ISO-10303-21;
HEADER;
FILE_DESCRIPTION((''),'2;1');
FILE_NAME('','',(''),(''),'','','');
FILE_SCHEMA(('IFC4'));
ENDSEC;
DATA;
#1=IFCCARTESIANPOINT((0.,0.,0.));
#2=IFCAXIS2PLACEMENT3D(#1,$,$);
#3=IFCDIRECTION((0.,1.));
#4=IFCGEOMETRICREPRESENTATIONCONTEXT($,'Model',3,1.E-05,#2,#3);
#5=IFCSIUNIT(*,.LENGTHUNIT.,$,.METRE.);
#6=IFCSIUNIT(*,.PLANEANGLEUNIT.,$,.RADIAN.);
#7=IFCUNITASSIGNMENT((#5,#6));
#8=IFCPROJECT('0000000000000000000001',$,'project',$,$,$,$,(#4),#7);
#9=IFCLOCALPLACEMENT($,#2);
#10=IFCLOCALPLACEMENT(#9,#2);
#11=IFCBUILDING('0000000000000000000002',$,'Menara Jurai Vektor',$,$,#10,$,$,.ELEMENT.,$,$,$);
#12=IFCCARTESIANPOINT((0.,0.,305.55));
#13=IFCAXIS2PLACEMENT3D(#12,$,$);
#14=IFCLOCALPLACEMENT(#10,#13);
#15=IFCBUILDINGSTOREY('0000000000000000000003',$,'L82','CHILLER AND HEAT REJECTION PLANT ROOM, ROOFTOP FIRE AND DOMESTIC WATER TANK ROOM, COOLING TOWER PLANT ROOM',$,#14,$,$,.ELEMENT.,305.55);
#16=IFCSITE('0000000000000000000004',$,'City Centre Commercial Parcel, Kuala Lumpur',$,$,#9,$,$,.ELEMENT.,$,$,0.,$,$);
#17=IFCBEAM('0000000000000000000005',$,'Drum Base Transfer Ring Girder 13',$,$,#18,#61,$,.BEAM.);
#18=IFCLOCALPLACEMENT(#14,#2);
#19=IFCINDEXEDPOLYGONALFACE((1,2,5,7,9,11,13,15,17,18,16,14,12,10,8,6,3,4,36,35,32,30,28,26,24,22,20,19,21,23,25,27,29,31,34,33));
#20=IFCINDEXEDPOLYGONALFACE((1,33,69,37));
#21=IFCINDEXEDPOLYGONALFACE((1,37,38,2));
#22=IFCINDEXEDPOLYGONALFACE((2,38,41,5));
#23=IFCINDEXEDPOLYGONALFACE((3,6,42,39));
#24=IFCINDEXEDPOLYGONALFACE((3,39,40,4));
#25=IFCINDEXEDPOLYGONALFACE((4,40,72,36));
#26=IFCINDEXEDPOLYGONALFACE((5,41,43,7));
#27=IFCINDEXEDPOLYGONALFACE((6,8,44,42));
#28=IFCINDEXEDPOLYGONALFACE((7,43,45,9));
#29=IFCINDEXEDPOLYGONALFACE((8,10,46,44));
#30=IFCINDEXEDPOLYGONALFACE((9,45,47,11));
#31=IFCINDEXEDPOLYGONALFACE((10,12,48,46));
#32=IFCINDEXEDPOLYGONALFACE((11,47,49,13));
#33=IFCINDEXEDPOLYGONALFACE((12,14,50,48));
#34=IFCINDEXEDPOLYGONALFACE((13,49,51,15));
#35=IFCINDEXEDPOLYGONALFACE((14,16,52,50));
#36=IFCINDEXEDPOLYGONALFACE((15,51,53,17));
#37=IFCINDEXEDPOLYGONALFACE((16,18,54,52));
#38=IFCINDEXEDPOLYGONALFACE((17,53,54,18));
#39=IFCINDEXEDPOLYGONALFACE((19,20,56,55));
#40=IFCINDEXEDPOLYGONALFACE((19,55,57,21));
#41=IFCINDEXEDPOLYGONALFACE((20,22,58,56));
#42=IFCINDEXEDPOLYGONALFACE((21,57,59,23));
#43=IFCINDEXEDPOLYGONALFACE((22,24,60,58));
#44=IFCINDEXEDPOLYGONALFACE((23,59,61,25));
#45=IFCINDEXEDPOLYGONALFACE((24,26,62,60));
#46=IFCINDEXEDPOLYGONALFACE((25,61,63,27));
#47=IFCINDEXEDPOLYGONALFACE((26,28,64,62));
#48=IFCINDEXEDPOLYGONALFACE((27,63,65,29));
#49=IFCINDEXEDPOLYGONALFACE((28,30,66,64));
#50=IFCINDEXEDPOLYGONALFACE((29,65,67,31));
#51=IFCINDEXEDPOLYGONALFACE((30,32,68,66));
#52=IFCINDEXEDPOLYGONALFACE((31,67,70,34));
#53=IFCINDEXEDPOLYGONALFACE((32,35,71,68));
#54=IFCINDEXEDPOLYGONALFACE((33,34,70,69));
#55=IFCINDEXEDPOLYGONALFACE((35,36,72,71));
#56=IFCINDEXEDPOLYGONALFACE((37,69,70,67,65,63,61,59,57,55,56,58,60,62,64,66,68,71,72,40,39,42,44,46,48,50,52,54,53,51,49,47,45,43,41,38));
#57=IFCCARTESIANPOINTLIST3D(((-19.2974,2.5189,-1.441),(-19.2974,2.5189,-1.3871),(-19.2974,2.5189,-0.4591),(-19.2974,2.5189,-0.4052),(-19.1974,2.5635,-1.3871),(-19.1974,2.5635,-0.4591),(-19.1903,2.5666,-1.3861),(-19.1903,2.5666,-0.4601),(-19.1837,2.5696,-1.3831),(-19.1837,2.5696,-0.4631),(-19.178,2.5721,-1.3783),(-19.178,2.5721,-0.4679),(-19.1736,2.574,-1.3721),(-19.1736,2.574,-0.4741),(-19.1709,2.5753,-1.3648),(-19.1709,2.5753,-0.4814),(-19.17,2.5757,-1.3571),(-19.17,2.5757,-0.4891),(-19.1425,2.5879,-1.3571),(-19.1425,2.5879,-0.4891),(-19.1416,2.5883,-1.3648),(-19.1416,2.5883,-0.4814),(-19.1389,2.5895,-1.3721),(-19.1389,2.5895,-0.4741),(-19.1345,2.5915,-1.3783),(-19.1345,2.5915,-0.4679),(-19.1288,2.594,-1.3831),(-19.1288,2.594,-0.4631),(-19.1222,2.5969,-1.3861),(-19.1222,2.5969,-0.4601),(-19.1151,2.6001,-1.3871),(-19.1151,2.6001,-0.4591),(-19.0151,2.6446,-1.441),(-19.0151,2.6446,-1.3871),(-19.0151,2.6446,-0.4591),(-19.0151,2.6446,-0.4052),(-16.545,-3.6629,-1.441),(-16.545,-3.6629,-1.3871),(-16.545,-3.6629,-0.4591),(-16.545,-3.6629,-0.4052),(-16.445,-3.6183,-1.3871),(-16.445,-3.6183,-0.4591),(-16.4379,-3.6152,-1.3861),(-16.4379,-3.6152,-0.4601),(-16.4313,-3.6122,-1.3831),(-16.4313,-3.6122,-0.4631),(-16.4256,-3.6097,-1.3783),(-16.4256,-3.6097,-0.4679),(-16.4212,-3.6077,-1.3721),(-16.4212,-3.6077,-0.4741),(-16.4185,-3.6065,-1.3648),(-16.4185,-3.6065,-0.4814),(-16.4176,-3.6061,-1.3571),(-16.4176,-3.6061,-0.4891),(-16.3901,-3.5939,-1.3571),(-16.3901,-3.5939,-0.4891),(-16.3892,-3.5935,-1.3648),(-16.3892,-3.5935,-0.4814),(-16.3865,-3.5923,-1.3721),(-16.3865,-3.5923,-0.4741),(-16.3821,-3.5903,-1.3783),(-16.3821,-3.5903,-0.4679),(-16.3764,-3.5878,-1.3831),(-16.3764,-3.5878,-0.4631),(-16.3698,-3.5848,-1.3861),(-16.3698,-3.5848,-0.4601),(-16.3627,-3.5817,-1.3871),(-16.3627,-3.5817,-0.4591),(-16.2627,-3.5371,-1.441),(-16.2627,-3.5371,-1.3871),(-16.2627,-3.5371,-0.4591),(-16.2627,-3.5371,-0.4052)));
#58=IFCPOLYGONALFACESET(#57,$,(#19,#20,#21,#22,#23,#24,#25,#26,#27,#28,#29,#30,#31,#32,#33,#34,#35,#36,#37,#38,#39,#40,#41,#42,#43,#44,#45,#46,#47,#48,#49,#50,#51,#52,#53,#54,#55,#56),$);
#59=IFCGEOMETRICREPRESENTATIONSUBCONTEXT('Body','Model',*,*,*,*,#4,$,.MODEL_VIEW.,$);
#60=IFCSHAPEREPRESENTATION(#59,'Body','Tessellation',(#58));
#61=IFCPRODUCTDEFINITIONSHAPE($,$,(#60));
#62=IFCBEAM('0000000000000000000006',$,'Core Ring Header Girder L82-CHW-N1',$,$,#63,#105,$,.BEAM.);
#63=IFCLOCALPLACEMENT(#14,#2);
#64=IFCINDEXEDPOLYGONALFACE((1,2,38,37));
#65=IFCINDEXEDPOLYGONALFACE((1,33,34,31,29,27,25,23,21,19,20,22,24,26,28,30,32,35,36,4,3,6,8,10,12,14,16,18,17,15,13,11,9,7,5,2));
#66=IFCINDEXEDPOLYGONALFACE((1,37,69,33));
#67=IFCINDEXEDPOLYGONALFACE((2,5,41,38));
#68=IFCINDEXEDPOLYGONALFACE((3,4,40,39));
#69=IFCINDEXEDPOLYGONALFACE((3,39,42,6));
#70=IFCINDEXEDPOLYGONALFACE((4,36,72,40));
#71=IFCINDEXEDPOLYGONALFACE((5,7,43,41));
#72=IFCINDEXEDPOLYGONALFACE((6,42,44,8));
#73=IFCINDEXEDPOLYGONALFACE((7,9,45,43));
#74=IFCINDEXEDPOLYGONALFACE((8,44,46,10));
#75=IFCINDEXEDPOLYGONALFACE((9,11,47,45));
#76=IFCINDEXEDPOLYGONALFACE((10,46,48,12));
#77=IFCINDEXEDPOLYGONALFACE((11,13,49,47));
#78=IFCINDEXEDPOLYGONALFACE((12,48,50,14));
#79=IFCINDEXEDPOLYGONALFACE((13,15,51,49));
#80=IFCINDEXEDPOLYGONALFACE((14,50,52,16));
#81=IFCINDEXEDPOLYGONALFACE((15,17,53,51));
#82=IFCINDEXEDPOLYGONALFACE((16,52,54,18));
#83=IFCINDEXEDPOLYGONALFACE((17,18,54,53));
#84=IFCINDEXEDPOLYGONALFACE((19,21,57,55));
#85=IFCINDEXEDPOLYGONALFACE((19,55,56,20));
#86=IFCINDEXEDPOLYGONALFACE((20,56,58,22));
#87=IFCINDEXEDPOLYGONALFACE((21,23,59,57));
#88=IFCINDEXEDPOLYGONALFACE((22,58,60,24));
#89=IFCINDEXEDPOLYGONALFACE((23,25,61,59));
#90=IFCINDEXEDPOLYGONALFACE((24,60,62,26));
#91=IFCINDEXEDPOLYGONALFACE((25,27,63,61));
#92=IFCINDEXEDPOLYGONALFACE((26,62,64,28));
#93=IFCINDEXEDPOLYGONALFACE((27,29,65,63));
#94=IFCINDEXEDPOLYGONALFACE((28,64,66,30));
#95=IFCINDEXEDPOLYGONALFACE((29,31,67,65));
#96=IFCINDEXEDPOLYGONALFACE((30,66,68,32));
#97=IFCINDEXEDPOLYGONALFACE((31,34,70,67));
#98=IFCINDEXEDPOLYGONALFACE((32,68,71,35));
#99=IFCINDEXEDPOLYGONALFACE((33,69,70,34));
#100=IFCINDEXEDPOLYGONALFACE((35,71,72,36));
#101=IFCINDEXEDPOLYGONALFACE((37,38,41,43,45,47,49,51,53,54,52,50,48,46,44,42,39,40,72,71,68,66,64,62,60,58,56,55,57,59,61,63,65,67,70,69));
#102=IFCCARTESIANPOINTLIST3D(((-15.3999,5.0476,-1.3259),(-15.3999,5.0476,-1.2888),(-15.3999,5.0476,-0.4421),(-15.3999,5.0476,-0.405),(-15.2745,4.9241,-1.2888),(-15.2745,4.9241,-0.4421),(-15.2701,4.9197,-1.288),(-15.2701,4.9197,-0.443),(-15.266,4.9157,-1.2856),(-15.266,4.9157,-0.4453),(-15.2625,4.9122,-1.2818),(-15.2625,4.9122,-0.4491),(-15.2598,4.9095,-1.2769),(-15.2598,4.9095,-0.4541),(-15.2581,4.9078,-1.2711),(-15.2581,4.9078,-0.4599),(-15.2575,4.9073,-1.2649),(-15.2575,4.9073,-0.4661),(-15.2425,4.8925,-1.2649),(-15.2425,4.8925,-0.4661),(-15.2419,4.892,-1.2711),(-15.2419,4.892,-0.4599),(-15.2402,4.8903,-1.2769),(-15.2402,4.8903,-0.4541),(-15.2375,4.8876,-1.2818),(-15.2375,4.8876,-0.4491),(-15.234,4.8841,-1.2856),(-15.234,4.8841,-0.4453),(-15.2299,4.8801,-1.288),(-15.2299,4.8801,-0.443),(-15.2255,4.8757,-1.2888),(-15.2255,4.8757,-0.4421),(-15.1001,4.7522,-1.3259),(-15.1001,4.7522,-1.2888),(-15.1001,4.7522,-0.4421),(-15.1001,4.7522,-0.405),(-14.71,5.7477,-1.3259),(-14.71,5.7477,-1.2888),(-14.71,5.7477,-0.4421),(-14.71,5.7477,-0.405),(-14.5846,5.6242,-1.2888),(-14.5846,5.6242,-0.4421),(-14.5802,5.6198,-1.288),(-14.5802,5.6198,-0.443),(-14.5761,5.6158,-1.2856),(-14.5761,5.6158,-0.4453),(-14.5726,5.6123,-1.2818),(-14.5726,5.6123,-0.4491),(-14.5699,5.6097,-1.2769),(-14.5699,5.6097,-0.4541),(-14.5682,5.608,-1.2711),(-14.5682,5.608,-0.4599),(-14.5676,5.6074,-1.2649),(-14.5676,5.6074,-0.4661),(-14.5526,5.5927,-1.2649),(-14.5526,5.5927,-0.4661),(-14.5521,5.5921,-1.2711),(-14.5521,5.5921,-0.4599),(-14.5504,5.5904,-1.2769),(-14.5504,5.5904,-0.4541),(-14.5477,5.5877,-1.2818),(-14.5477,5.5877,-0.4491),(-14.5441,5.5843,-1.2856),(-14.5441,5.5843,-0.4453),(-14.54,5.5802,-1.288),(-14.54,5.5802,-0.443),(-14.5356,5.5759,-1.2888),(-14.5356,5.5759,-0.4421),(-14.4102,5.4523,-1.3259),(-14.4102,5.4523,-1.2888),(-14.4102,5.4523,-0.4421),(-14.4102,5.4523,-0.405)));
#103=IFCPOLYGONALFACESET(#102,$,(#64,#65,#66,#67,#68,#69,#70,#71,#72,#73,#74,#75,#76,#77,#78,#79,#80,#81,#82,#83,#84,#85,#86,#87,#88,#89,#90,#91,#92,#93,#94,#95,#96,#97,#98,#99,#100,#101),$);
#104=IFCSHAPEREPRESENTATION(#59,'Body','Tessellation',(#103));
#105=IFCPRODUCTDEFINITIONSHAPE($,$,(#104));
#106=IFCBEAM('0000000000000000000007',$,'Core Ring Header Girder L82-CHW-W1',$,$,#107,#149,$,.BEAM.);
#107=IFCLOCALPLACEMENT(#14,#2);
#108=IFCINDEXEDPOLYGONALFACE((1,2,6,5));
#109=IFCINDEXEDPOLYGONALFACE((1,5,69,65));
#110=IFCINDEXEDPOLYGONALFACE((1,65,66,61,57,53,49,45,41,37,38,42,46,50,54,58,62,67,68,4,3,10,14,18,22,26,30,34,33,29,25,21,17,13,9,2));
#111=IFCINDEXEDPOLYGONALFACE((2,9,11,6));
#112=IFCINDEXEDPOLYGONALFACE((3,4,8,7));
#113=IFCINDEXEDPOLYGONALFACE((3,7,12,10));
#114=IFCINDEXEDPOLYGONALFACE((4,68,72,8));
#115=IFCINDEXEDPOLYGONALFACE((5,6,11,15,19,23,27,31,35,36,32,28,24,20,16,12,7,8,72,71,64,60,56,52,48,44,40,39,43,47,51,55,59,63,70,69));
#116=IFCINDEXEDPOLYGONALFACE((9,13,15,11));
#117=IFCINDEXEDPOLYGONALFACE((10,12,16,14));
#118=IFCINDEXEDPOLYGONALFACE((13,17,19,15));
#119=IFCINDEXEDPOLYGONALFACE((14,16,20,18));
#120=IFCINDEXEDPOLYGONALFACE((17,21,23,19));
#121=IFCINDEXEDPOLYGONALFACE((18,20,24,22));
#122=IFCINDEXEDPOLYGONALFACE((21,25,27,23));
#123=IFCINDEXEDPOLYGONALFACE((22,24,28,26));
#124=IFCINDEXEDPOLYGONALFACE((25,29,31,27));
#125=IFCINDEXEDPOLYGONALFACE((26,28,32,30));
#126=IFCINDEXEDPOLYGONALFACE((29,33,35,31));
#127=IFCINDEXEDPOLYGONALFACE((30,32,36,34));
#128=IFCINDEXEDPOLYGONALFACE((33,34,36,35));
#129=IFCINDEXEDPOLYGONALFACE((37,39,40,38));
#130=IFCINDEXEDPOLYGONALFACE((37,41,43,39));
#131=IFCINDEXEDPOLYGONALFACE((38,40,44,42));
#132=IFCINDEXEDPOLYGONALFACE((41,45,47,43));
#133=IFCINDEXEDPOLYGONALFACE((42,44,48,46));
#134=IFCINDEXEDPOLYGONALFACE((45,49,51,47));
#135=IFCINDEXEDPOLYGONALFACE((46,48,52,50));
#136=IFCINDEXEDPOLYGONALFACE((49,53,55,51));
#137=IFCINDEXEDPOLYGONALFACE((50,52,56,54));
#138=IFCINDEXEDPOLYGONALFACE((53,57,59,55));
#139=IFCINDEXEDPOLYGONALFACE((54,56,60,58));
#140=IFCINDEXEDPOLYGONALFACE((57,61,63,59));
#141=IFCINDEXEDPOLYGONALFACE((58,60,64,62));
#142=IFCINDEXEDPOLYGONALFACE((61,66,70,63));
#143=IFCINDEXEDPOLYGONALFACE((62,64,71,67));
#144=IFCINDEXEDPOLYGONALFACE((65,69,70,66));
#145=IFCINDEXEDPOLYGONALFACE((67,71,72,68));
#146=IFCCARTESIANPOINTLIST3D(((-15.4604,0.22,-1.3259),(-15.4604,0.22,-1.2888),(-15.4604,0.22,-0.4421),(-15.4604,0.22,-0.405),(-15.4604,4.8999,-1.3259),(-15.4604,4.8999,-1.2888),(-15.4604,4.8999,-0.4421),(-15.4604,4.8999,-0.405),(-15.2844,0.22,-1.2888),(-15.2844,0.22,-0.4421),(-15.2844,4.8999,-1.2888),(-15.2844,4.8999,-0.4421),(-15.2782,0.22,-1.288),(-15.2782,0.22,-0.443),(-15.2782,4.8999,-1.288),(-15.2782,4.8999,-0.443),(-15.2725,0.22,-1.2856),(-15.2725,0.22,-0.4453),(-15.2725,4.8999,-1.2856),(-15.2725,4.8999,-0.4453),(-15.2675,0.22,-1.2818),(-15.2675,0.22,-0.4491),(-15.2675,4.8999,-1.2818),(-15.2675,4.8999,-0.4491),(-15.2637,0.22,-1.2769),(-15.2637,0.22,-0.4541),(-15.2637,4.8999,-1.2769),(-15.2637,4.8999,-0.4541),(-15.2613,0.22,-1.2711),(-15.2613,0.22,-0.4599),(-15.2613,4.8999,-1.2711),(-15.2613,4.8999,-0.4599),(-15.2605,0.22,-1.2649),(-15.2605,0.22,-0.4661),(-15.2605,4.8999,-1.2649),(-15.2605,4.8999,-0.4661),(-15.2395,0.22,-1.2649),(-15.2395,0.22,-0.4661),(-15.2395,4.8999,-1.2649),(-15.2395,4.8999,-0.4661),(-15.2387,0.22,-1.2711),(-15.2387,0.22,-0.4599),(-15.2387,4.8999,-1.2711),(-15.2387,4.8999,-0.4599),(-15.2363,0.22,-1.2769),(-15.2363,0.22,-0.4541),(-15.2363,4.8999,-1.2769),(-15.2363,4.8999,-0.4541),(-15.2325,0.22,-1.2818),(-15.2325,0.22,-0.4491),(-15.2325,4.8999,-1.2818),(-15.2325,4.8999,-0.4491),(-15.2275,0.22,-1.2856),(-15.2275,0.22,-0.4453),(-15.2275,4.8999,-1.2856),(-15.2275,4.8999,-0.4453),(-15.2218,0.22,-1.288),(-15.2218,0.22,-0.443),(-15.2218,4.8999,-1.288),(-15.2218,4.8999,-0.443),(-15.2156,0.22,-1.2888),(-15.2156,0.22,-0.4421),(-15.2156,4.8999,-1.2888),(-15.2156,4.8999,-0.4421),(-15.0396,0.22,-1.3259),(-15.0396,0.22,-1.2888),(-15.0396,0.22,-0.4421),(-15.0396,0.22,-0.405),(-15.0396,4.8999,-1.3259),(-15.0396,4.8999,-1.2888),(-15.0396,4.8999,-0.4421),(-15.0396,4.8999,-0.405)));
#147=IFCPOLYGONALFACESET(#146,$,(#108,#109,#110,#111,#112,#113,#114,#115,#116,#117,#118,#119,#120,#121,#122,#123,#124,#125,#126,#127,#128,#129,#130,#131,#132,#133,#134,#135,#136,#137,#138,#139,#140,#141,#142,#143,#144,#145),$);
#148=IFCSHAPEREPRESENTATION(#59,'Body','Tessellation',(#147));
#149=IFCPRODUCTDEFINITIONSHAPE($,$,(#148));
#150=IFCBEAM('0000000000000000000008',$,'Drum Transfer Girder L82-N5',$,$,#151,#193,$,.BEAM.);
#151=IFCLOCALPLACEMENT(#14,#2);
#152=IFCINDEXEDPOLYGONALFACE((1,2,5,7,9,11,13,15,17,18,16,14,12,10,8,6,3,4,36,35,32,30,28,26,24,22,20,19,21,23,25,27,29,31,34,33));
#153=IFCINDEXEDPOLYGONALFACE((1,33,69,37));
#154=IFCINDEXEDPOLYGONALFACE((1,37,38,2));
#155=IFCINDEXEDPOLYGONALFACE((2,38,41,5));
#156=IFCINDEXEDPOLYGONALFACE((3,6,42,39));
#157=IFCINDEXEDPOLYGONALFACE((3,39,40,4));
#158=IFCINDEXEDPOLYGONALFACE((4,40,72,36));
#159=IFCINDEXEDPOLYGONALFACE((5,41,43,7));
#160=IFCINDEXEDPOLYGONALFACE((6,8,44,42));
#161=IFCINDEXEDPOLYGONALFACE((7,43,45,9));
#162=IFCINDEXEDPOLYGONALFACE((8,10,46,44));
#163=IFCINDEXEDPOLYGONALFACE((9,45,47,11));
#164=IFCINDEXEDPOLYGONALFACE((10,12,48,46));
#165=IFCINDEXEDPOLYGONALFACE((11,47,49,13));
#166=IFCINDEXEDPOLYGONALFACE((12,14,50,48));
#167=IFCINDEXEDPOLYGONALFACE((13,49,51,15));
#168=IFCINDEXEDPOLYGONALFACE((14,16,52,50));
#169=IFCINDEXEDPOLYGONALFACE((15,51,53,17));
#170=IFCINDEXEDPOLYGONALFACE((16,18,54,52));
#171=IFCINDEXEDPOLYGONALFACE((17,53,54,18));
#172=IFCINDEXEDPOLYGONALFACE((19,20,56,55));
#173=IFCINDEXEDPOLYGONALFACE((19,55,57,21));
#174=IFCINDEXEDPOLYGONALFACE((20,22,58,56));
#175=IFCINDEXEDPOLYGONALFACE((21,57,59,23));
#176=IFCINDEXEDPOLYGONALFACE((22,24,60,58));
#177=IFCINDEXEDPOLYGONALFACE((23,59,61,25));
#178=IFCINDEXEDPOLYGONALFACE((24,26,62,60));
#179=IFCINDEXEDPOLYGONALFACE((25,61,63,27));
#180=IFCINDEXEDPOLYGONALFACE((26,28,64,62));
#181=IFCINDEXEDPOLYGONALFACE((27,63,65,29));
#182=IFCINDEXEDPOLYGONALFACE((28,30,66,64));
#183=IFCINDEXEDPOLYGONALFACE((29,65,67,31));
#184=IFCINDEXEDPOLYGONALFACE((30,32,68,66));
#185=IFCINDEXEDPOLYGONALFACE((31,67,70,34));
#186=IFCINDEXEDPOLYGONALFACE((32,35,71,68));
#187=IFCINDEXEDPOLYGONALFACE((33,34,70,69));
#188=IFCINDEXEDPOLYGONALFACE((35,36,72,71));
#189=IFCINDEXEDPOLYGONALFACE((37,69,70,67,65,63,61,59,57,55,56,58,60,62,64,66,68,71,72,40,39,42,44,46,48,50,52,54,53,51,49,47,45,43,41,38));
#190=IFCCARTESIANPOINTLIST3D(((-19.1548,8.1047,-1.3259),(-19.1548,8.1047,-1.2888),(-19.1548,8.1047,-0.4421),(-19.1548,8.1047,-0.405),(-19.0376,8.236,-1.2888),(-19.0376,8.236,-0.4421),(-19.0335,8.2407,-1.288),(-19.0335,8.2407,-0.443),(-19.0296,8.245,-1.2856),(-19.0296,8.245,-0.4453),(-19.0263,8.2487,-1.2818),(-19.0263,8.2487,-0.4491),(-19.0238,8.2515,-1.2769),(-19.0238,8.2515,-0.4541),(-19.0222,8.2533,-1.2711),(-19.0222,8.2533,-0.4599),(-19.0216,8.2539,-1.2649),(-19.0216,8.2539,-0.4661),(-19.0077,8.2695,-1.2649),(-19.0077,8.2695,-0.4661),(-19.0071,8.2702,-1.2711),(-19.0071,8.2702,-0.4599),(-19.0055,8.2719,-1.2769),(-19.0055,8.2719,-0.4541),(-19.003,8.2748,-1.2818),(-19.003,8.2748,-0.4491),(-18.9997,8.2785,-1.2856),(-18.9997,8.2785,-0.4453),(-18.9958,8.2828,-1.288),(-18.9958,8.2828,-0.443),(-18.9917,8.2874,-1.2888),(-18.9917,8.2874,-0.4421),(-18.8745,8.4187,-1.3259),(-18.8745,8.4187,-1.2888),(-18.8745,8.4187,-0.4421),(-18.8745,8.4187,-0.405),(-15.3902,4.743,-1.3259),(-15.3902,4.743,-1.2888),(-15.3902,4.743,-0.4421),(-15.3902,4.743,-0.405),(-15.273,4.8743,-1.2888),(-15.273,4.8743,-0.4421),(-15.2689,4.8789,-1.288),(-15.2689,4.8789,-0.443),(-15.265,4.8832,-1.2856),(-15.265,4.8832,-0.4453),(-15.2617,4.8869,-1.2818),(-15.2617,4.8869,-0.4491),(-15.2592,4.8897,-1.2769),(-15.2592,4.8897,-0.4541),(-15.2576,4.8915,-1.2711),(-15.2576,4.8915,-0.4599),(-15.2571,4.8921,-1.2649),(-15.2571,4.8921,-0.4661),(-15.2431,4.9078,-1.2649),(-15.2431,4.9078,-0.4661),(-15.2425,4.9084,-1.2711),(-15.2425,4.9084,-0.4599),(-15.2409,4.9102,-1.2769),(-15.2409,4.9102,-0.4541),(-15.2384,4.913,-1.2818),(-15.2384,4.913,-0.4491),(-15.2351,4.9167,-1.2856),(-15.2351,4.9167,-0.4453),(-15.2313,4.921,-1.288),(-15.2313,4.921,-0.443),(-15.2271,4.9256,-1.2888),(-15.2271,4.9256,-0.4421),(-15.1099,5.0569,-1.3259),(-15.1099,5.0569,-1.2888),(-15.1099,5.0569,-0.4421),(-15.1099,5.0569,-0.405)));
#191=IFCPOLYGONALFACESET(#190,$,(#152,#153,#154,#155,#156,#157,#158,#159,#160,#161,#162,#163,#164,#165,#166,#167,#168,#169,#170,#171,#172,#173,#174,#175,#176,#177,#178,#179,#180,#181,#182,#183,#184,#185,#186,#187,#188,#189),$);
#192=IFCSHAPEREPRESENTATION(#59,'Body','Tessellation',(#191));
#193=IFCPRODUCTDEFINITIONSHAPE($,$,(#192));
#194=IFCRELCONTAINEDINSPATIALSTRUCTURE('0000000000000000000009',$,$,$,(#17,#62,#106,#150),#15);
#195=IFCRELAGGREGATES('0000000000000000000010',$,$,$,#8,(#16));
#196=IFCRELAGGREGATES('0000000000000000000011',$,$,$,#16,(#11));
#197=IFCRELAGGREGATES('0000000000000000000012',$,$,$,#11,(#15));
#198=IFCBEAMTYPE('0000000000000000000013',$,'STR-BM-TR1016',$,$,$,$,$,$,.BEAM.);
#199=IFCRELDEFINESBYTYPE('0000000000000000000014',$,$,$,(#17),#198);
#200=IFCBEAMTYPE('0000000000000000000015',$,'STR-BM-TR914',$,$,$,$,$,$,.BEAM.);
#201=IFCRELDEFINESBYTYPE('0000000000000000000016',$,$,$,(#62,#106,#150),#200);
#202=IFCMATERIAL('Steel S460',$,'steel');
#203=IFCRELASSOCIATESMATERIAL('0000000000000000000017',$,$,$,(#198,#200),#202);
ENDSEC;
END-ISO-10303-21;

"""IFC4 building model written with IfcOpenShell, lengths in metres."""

from ifc_helpers import new_model, si_unit, direction, frame, origin, origin_2d, place, context, subcontext, project, spatial, i_section, extrude, material, material_profile, profile_set, type_object, element, save


model = new_model("IFC4")

# Units and contexts
model_context = context("Model", 3, precision=1e-05, world=origin(), true_north=direction((0.0, 1.0)))
body_context = subcontext(model_context, "Body", "Model", "MODEL_VIEW")
ifc_project = project(units=[si_unit("LENGTHUNIT", "METRE"), si_unit("PLANEANGLEUNIT", "RADIAN")], contexts=[model_context])

# Site, building, storey
site_placement = place(None, origin())
site = spatial("IfcSite", under=ifc_project, at=site_placement, Name="City Centre Commercial Parcel, Kuala Lumpur", CompositionType="ELEMENT", RefElevation=0.0)
building_placement = place(site_placement, origin())
building = spatial("IfcBuilding", under=site, at=building_placement, Name="Menara Jurai Vektor", CompositionType="ELEMENT")
storey_placement = place(building_placement, frame((0.0, 0.0, 305.55)))
storey = spatial("IfcBuildingStorey", under=building, at=storey_placement, Name="L82", Description="CHILLER AND HEAT REJECTION PLANT ROOM, ROOFTOP FIRE AND DOMESTIC WATER TANK ROOM, COOLING TOWER PLANT ROOM", CompositionType="ELEMENT", Elevation=305.55)

# Shared definitions
ifc_material_1 = material(Name="Steel S460", Category="steel")

# Beams
ifc_material_profile_1 = material_profile(ifc_material_1, i_section(OverallWidth=0.3091, OverallDepth=1.0359, WebThickness=0.03, FlangeThickness=0.054, FilletRadius=0.03, at=origin_2d()), Name="UKB 1016x305x487")
ifc_profile_set_1 = profile_set([ifc_material_profile_1], Name="Steel S460")
beam_type_1 = type_object("IfcBeamType", Name="STR-BM-TR1016", PredefinedType="BEAM", material=ifc_profile_set_1)
beam_1_placement = place(storey_placement, frame((-19.1562, 2.5818, -0.9231), z_axis=(0.406748, -0.913541, 0.0), x_axis=(0.913541, 0.406748, 0.0)))
element("IfcBeam", 1, at=beam_1_placement, inside=storey, type_object=beam_type_1, Name="Drum Base Transfer Ring Girder 13", PredefinedType="BEAM", context=body_context, shape_type="SweptSolid", body=[
    extrude(i_section(OverallWidth=0.3091, OverallDepth=1.0359, WebThickness=0.03, FlangeThickness=0.054, FilletRadius=0.03, at=origin_2d()), origin(), (0.0, 0.0, 1.0), 6.7668),
])
ifc_material_profile_2 = material_profile(ifc_material_1, i_section(OverallWidth=0.4209, OverallDepth=0.9209, WebThickness=0.021, FlangeThickness=0.0371, FilletRadius=0.0239, at=origin_2d()), Name="UKB 914x419x388")
ifc_profile_set_2 = profile_set([ifc_material_profile_2], Name="Steel S460")
beam_type_2 = type_object("IfcBeamType", Name="STR-BM-TR914", PredefinedType="BEAM", material=ifc_profile_set_2)
beam_2_placement = place(storey_placement, frame((-15.25, 4.8999, -0.8655), z_axis=(0.701872, 0.712303, 0.0), x_axis=(-0.712303, 0.701872, 0.0)))
element("IfcBeam", 2, at=beam_2_placement, inside=storey, type_object=beam_type_2, Name="Core Ring Header Girder L82-CHW-N1", PredefinedType="BEAM", context=body_context, shape_type="SweptSolid", body=[
    extrude(i_section(OverallWidth=0.4209, OverallDepth=0.9209, WebThickness=0.021, FlangeThickness=0.0371, FilletRadius=0.0239, at=origin_2d()), origin(), (0.0, 0.0, 1.0), 0.9829),
])
beam_3_placement = place(storey_placement, frame((-15.25, 0.22, -0.8655), z_axis=(0.0, 1.0, 0.0), x_axis=(-1.0, 0.0, 0.0)))
element("IfcBeam", 3, at=beam_3_placement, inside=storey, type_object=beam_type_2, Name="Core Ring Header Girder L82-CHW-W1", PredefinedType="BEAM", context=body_context, shape_type="SweptSolid", body=[
    extrude(i_section(OverallWidth=0.4209, OverallDepth=0.9209, WebThickness=0.021, FlangeThickness=0.0371, FilletRadius=0.0239, at=origin_2d()), origin(), (0.0, 0.0, 1.0), 4.6799),
])
beam_4_placement = place(storey_placement, frame((-19.0146, 8.2617, -0.8655), z_axis=(0.745886, -0.666073, 0.0), x_axis=(0.666073, 0.745886, 0.0)))
element("IfcBeam", 4, at=beam_4_placement, inside=storey, type_object=beam_type_2, Name="Drum Transfer Girder L82-N5", PredefinedType="BEAM", context=body_context, shape_type="SweptSolid", body=[
    extrude(i_section(OverallWidth=0.4209, OverallDepth=0.9209, WebThickness=0.021, FlangeThickness=0.0371, FilletRadius=0.0239, at=origin_2d()), origin(), (0.0, 0.0, 1.0), 5.0471),
])

save(model, "model.ifc")
